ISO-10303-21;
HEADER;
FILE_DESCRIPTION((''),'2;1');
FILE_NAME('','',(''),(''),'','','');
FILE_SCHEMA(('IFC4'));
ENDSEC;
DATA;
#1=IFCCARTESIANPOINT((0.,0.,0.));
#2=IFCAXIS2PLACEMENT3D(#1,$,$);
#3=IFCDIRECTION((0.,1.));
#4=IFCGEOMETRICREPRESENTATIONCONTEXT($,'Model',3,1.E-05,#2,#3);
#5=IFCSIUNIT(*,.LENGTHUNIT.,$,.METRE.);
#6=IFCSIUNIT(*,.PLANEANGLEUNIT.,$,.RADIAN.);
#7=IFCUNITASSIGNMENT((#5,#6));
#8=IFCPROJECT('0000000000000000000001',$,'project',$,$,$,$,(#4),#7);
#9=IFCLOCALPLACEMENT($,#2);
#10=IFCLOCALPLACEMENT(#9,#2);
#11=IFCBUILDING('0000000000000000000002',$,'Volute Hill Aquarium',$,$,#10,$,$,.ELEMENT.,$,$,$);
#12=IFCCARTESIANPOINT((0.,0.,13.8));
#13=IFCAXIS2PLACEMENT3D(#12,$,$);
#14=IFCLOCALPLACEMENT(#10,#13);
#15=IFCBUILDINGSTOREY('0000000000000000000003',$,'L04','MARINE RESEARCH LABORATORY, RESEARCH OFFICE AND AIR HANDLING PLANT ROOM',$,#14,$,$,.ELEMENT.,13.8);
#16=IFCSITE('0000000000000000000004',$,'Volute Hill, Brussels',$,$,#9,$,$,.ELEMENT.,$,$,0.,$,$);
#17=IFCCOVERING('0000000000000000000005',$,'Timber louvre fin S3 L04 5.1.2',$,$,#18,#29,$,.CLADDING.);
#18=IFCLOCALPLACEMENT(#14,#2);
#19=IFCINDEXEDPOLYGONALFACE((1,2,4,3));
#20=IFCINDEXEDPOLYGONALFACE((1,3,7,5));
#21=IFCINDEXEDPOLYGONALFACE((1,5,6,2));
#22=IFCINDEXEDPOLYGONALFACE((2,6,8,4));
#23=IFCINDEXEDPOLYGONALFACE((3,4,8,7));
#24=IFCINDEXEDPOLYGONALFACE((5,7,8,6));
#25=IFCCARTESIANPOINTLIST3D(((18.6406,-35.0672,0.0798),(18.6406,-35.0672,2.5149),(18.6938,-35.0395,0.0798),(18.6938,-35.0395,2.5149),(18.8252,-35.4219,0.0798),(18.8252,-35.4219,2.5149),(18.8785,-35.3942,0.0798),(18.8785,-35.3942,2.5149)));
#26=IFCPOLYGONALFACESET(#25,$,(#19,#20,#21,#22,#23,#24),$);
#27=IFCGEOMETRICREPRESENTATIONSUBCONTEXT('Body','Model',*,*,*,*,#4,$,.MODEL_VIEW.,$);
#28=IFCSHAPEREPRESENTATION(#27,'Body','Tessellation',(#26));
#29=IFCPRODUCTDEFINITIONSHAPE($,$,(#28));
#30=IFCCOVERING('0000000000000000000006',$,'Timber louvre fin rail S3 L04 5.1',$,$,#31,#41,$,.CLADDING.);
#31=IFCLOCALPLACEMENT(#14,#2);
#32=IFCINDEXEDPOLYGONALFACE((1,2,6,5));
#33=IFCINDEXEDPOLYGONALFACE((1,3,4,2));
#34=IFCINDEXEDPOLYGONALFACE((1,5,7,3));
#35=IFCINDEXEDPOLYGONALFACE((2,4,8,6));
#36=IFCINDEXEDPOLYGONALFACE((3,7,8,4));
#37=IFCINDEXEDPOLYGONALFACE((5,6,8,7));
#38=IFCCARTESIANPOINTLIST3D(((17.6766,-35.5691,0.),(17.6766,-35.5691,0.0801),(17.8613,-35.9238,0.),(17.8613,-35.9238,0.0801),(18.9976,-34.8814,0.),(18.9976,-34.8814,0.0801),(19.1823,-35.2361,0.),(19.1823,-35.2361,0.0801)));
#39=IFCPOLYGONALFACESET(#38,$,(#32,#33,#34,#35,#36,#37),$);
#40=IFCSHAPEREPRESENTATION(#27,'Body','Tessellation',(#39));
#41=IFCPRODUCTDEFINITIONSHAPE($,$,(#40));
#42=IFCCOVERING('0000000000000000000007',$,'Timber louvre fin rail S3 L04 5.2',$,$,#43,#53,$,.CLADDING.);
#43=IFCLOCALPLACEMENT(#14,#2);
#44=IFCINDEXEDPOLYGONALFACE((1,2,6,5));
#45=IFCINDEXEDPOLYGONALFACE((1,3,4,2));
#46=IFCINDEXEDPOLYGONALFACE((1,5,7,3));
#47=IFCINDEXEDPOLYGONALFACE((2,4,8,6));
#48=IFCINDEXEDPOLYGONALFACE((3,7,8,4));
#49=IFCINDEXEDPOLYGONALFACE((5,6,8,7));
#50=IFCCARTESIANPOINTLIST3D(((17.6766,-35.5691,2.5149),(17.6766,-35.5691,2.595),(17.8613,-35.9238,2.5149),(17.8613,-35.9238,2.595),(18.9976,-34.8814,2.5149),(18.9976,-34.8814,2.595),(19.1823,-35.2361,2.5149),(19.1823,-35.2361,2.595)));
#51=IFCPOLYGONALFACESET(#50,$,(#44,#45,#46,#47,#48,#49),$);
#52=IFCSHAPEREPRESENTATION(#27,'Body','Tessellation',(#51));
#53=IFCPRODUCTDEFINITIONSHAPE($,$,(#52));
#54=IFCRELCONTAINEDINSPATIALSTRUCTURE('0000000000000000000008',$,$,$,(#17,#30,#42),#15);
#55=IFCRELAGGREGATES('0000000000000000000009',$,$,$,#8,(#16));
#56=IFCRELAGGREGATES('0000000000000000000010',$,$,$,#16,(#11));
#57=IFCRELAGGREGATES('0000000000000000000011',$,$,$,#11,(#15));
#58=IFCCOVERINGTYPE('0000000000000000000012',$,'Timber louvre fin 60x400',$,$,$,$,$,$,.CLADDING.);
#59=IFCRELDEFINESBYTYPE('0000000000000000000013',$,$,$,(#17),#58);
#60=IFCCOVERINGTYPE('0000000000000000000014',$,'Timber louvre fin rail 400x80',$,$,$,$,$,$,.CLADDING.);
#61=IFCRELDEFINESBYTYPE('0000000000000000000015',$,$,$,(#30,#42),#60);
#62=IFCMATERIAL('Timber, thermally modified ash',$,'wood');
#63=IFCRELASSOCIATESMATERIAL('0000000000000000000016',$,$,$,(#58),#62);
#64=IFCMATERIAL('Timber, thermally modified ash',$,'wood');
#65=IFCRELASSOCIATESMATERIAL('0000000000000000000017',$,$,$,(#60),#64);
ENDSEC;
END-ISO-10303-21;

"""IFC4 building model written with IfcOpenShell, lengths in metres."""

from ifc_helpers import new_model, si_unit, direction, frame, origin, origin_2d, place, context, subcontext, project, spatial, rectangle, extrude, material, type_object, element, save


model = new_model("IFC4")

# Units and contexts
model_context = context("Model", 3, precision=1e-05, world=origin(), true_north=direction((0.0, 1.0)))
body_context = subcontext(model_context, "Body", "Model", "MODEL_VIEW")
ifc_project = project(units=[si_unit("LENGTHUNIT", "METRE"), si_unit("PLANEANGLEUNIT", "RADIAN")], contexts=[model_context])

# Site, building, storey
site_placement = place(None, origin())
site = spatial("IfcSite", under=ifc_project, at=site_placement, Name="Volute Hill, Brussels", CompositionType="ELEMENT", RefElevation=0.0)
building_placement = place(site_placement, origin())
building = spatial("IfcBuilding", under=site, at=building_placement, Name="Volute Hill Aquarium", CompositionType="ELEMENT")
storey_placement = place(building_placement, frame((0.0, 0.0, 13.8)))
storey = spatial("IfcBuildingStorey", under=building, at=storey_placement, Name="L04", Description="MARINE RESEARCH LABORATORY, RESEARCH OFFICE AND AIR HANDLING PLANT ROOM", CompositionType="ELEMENT", Elevation=13.8)

# Coverings
ifc_material_1 = material(Name="Timber, thermally modified ash", Category="wood")
covering_type_1 = type_object("IfcCoveringType", Name="Timber louvre fin 60x400", PredefinedType="CLADDING", material=ifc_material_1)
for number, where, z_axis, x_axis, name in (
    (1, (18.7595, -35.2307, 0.0798), (0.0, 0.0, 1.0), (0.887015, 0.461741, 0.0), "Timber louvre fin S3 L04 5.1.2"),
):
    element("IfcCovering", number, at=place(storey_placement, frame(where, z_axis=z_axis, x_axis=x_axis)), inside=storey, type_object=covering_type_1, Name=name, PredefinedType="CLADDING", context=body_context, shape_type="SweptSolid", body=[
        extrude(rectangle(XDim=0.0601, YDim=0.3999, at=origin_2d()), origin(), (0.0, 0.0, 1.0), 2.4351),
    ])
ifc_material_2 = material(Name="Timber, thermally modified ash", Category="wood")
covering_type_2 = type_object("IfcCoveringType", Name="Timber louvre fin rail 400x80", PredefinedType="CLADDING", material=ifc_material_2)
for number, where, z_axis, x_axis, name in (
    (2, (18.4294, -35.4026, 0.0), (0.0, 0.0, 1.0), (0.887015, 0.461741, 0.0), "Timber louvre fin rail S3 L04 5.1"),
    (3, (18.4294, -35.4026, 2.5149), (0.0, 0.0, 1.0), (0.887015, 0.461741, 0.0), "Timber louvre fin rail S3 L04 5.2"),
):
    element("IfcCovering", number, at=place(storey_placement, frame(where, z_axis=z_axis, x_axis=x_axis)), inside=storey, type_object=covering_type_2, Name=name, PredefinedType="CLADDING", context=body_context, shape_type="SweptSolid", body=[
        extrude(rectangle(XDim=1.4893, YDim=0.3999, at=origin_2d()), origin(), (0.0, 0.0, 1.0), 0.0801),
    ])

save(model, "model.ifc")
